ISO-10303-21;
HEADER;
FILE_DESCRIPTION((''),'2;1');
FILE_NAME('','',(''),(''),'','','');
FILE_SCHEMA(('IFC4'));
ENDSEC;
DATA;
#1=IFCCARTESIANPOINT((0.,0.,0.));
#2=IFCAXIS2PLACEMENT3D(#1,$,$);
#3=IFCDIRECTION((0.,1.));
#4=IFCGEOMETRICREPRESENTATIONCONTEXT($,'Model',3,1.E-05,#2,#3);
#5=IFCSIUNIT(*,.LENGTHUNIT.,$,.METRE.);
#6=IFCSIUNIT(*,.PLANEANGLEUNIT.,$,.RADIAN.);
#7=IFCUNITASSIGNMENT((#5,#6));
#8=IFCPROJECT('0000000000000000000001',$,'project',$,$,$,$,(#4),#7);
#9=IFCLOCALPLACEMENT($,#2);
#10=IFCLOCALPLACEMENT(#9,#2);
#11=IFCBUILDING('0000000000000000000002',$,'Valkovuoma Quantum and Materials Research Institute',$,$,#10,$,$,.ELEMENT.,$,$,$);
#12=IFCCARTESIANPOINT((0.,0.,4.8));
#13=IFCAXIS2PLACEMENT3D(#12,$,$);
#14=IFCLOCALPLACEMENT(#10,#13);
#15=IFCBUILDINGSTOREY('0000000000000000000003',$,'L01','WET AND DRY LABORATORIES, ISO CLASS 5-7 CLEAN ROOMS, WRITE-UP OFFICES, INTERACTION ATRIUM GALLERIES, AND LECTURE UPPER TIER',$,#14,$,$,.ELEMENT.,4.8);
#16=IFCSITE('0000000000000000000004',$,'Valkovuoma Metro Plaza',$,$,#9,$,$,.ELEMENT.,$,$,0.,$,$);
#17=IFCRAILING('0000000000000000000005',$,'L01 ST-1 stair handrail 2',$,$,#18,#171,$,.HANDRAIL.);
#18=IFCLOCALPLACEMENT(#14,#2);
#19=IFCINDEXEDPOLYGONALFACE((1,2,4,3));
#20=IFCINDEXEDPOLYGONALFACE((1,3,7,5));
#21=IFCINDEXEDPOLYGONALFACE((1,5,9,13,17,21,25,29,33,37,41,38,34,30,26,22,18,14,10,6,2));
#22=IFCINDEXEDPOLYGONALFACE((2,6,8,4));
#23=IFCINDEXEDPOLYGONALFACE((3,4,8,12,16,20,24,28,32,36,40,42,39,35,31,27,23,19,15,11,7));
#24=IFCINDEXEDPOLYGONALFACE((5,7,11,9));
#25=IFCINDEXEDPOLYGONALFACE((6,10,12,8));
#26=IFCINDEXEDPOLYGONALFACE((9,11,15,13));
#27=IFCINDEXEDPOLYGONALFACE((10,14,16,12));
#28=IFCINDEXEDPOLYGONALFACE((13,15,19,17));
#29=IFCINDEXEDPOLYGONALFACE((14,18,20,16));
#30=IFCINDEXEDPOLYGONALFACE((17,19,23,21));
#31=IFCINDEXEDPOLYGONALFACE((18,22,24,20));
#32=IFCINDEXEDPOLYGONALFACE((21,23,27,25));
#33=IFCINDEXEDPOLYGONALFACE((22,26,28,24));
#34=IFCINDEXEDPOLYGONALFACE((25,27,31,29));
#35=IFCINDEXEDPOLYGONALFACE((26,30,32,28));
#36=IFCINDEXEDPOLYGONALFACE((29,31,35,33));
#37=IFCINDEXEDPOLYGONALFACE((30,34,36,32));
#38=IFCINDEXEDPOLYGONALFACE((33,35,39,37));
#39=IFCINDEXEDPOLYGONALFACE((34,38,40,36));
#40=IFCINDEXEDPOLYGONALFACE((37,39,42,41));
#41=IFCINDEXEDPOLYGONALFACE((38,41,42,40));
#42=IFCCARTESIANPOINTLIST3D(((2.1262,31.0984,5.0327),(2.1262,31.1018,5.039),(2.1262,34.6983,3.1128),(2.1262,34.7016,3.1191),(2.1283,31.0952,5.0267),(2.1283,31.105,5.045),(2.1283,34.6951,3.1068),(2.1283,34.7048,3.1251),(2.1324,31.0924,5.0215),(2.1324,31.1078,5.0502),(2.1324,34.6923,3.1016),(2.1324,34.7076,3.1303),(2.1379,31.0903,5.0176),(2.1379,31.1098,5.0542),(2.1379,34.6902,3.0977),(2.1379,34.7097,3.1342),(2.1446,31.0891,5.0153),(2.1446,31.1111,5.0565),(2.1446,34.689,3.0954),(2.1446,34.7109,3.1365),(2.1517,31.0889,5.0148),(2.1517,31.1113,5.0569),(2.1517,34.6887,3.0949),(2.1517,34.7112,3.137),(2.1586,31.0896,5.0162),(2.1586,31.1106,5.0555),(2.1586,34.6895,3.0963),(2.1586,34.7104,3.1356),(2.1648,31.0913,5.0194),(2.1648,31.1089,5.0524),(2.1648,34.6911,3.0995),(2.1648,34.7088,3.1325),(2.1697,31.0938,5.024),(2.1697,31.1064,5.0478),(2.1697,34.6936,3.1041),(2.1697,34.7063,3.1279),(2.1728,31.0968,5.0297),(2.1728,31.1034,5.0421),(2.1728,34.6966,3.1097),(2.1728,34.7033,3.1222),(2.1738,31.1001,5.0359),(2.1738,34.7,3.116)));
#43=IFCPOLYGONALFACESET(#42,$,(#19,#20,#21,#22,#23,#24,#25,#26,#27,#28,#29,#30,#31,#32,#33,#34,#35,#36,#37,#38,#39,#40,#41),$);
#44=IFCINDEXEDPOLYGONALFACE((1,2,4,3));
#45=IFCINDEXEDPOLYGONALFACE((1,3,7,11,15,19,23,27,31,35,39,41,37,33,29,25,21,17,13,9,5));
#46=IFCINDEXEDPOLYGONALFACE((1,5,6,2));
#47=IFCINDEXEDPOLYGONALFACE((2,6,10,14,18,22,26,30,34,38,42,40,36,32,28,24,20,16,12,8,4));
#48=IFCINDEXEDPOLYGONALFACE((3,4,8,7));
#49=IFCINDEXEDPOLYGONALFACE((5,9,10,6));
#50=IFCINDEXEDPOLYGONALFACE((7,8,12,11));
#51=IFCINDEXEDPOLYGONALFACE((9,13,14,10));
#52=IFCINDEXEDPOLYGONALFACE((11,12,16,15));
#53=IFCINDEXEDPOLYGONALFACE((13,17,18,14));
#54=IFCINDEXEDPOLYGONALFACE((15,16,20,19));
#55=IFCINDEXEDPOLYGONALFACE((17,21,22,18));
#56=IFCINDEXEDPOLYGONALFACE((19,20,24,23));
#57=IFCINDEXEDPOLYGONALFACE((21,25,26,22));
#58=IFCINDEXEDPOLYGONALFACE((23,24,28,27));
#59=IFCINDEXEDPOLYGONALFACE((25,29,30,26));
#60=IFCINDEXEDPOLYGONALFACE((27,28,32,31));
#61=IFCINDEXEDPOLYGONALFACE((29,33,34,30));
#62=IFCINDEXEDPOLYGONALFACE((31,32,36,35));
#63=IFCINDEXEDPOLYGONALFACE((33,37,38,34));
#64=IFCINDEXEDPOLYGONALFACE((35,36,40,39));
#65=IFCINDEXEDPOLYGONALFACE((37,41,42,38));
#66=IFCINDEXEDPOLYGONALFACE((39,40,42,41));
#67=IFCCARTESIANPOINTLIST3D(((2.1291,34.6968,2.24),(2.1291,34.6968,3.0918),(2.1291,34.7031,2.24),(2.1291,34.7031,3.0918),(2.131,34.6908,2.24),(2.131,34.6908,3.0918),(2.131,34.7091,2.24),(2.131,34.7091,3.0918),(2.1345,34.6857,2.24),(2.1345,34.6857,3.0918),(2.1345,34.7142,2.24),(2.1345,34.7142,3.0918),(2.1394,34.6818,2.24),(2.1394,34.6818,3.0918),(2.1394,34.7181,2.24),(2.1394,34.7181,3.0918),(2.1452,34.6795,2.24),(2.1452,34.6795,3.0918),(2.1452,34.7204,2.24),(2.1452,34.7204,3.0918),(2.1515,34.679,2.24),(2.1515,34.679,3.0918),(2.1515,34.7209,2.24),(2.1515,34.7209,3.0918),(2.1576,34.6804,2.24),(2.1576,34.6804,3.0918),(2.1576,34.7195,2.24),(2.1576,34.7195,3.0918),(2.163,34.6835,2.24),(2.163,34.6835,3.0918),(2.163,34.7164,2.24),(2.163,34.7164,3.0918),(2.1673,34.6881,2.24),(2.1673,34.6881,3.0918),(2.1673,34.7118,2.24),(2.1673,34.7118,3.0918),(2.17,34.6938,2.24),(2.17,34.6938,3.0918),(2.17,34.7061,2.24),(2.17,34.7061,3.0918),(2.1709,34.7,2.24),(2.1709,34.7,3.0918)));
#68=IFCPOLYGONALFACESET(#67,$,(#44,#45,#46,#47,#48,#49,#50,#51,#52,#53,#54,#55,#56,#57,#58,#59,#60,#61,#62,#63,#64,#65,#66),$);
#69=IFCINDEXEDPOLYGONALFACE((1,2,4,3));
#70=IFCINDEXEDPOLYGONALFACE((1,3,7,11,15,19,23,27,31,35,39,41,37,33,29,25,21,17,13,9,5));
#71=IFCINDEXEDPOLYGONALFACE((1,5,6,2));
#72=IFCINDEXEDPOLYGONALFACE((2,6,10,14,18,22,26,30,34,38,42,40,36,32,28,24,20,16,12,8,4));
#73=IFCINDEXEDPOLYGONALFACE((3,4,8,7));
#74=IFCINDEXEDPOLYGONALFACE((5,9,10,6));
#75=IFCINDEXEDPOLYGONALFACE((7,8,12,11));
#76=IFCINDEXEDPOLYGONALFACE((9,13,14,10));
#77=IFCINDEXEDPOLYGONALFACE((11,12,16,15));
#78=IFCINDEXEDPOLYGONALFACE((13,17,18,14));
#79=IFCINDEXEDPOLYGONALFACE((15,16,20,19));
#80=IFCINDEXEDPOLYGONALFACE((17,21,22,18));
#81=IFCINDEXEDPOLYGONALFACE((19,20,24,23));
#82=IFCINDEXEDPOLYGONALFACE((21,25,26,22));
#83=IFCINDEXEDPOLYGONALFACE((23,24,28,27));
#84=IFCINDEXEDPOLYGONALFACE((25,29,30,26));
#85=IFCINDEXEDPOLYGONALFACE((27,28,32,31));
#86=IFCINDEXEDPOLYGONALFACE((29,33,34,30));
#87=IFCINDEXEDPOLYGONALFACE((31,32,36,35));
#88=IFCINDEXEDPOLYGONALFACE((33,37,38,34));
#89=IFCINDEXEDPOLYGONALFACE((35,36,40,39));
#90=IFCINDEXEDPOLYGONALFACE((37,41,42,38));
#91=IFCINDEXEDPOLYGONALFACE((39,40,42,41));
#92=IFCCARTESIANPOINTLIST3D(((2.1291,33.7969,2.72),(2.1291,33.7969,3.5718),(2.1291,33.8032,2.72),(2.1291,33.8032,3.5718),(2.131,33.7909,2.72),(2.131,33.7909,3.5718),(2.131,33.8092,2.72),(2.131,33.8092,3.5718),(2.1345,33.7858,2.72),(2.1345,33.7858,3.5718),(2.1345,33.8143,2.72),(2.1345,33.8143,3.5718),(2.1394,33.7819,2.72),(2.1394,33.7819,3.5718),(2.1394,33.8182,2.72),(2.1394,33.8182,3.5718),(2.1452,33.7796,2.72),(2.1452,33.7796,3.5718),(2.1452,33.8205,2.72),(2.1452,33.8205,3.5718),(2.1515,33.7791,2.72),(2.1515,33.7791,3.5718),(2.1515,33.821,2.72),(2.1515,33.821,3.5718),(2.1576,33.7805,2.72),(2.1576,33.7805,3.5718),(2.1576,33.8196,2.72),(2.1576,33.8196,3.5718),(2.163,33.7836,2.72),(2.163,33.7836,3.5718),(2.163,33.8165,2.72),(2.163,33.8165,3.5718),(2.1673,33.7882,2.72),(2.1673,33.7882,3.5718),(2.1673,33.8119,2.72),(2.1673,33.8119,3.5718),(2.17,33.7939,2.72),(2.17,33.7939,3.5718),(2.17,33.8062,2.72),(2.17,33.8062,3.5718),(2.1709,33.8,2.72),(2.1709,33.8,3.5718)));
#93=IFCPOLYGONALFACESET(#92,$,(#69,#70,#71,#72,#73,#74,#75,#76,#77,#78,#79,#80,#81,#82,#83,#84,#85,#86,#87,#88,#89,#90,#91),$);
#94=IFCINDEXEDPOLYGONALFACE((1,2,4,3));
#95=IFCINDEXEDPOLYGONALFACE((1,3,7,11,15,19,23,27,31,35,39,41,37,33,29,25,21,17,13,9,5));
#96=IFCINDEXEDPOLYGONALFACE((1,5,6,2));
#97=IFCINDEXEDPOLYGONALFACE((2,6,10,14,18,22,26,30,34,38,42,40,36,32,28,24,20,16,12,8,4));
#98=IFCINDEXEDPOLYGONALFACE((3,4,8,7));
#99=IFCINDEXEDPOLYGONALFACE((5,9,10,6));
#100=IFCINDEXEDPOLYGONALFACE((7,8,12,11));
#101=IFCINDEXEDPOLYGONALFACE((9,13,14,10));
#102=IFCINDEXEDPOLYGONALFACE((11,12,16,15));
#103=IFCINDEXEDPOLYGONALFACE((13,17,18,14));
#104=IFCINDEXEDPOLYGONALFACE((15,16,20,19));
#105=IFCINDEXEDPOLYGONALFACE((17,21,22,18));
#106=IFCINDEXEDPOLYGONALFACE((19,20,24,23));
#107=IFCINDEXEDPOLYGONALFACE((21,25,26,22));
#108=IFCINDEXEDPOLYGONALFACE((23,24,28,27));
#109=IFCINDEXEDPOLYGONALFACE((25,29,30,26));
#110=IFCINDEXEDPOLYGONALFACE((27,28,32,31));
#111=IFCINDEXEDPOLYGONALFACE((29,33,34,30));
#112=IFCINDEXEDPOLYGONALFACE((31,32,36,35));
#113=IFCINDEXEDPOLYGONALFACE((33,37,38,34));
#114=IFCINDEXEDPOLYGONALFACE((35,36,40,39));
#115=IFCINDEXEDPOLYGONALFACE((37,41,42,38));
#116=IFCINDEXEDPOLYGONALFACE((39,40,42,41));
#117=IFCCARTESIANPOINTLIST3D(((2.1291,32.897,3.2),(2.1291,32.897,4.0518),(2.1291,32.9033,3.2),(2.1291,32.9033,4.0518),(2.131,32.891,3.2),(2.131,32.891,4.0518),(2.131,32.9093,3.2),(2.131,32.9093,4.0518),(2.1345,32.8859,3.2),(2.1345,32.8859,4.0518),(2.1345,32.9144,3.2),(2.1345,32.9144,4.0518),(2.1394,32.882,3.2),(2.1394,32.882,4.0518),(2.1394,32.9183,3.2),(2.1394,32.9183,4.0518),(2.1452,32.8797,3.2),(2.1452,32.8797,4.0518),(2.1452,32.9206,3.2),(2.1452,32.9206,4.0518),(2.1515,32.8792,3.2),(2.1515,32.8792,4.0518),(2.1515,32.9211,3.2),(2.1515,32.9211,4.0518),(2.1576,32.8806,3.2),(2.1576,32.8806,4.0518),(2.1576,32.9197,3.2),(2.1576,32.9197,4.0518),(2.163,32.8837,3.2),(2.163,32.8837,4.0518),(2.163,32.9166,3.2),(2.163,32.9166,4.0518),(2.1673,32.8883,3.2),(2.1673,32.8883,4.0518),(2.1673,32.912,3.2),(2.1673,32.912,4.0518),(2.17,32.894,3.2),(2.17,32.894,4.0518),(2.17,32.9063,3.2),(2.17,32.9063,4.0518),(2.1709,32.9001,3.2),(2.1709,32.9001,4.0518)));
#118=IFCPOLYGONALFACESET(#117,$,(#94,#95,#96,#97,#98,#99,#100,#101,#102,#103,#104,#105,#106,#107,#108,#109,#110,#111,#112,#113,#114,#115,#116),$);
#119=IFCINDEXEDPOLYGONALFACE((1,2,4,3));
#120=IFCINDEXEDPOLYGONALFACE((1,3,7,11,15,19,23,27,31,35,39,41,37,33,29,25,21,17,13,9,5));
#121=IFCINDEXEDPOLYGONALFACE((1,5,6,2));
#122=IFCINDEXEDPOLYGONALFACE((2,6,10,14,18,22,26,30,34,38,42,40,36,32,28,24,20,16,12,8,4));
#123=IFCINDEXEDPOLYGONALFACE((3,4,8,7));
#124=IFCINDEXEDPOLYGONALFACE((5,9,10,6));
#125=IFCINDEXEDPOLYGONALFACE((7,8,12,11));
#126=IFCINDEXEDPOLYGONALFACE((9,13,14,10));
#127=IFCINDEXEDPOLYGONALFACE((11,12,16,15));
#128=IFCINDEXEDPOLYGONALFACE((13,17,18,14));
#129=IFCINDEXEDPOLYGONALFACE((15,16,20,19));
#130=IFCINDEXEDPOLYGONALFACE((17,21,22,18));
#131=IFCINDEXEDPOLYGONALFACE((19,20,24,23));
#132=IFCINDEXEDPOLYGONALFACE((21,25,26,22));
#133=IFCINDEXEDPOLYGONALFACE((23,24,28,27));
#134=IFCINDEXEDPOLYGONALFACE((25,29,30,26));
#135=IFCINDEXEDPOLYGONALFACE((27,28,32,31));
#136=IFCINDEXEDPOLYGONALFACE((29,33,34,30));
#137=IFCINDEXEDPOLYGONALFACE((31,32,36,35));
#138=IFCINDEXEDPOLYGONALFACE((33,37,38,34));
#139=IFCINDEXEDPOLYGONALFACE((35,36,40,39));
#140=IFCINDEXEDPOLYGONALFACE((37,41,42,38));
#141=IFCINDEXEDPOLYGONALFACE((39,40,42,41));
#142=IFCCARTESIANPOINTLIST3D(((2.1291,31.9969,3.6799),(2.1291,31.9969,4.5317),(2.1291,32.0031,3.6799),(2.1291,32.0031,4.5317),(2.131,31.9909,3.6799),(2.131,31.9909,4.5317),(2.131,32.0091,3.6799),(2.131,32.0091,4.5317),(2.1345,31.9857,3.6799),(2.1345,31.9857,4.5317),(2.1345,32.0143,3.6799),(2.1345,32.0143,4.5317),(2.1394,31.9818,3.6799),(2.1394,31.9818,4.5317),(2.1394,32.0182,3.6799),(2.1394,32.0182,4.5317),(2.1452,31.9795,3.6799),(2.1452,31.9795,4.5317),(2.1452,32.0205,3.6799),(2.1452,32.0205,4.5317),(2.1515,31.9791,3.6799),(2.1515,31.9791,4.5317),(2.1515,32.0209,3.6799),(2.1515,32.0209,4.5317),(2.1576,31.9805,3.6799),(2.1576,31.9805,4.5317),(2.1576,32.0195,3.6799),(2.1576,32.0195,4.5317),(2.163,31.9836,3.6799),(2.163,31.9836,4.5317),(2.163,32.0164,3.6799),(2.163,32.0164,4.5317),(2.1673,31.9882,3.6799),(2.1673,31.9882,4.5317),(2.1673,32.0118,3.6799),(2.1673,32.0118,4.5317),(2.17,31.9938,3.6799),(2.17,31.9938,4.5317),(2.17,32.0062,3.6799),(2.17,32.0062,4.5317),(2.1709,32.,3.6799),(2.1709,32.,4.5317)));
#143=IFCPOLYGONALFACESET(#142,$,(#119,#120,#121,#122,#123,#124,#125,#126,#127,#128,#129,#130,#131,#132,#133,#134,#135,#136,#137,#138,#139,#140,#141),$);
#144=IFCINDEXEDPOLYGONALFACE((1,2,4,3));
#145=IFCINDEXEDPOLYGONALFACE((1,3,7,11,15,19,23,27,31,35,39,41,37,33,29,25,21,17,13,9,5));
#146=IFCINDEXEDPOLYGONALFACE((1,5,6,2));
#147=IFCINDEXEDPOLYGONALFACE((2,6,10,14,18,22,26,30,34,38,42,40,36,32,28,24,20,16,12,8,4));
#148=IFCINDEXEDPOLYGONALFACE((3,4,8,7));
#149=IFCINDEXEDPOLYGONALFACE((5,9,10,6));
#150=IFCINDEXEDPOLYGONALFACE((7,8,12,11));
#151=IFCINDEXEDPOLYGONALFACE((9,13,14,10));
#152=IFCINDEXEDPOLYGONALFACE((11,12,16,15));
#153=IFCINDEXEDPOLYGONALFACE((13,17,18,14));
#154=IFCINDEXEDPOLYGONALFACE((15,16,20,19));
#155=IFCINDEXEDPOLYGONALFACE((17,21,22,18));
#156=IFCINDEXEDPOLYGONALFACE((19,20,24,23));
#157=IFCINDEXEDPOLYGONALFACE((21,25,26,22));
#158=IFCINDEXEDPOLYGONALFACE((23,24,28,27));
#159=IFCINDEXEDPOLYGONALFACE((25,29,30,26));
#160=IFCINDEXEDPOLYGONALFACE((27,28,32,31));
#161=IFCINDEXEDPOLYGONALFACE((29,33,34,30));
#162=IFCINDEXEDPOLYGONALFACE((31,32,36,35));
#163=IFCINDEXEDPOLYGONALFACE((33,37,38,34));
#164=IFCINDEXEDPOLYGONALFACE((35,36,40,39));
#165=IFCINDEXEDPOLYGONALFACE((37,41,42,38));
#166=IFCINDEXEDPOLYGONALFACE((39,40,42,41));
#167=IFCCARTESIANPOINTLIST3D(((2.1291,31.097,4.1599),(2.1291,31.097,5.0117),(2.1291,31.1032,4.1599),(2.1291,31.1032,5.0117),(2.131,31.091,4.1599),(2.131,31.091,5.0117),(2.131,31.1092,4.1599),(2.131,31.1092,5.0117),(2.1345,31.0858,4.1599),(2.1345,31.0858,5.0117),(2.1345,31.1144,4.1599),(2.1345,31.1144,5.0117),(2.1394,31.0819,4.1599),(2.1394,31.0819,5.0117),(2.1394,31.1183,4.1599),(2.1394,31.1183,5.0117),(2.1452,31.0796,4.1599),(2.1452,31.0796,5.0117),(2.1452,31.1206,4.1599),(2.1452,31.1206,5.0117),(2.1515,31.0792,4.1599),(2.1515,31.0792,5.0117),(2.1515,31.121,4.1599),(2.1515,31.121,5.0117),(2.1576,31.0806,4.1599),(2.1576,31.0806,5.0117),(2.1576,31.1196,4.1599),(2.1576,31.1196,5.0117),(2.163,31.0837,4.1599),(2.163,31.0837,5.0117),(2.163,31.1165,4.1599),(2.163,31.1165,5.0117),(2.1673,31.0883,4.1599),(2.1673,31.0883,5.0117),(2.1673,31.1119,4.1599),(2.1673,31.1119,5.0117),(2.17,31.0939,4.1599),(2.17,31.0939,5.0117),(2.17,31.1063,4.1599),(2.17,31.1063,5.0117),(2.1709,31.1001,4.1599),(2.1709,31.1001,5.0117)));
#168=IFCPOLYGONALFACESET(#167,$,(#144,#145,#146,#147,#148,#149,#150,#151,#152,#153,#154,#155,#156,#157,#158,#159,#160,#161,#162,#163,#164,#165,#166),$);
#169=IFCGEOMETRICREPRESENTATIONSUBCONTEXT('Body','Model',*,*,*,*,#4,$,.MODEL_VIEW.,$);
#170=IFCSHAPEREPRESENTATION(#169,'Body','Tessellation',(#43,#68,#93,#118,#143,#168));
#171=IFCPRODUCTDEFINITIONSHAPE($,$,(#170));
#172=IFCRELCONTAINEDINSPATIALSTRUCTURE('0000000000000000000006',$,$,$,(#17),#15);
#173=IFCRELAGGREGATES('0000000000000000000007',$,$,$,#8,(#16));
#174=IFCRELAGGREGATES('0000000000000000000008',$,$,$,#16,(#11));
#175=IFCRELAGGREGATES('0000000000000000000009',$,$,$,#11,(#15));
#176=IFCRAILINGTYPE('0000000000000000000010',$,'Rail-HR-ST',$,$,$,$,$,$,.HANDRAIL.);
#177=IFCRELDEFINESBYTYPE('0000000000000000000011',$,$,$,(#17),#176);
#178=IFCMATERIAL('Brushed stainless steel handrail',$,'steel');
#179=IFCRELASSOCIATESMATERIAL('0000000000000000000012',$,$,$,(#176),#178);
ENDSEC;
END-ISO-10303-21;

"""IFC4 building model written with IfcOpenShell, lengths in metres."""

from ifc_helpers import new_model, si_unit, direction, frame, origin, origin_2d, place, context, subcontext, project, spatial, circle, extrude, material, type_object, element, save


model = new_model("IFC4")

# Units and contexts
model_context = context("Model", 3, precision=1e-05, world=origin(), true_north=direction((0.0, 1.0)))
body_context = subcontext(model_context, "Body", "Model", "MODEL_VIEW")
ifc_project = project(units=[si_unit("LENGTHUNIT", "METRE"), si_unit("PLANEANGLEUNIT", "RADIAN")], contexts=[model_context])

# Site, building, storey
site_placement = place(None, origin())
site = spatial("IfcSite", under=ifc_project, at=site_placement, Name="Valkovuoma Metro Plaza", CompositionType="ELEMENT", RefElevation=0.0)
building_placement = place(site_placement, origin())
building = spatial("IfcBuilding", under=site, at=building_placement, Name="Valkovuoma Quantum and Materials Research Institute", CompositionType="ELEMENT")
storey_placement = place(building_placement, frame((0.0, 0.0, 4.8)))
storey = spatial("IfcBuildingStorey", under=building, at=storey_placement, Name="L01", Description="WET AND DRY LABORATORIES, ISO CLASS 5-7 CLEAN ROOMS, WRITE-UP OFFICES, INTERACTION ATRIUM GALLERIES, AND LECTURE UPPER TIER", CompositionType="ELEMENT", Elevation=4.8)

# Railing
ifc_material_1 = material(Name="Brushed stainless steel handrail", Category="steel")
railing_type_1 = type_object("IfcRailingType", Name="Rail-HR-ST", PredefinedType="HANDRAIL", material=ifc_material_1)
railing_1_placement = place(storey_placement, frame((2.1499, 34.7, 2.24)))
element("IfcRailing", 1, at=railing_1_placement, inside=storey, type_object=railing_type_1, Name="L01 ST-1 stair handrail 2", PredefinedType="HANDRAIL", context=body_context, shape_type="SweptSolid", body=[
    extrude(circle(Radius=0.0239, at=origin_2d()), frame((0.0, 0.0, 0.876), z_axis=(0.0, -0.882353, 0.470588), x_axis=(1.0, 0.0, 0.0)), (0.0, 0.0, 1.0), 4.0798),
    extrude(circle(Radius=0.021, at=origin_2d()), origin(), (0.0, 0.0, 1.0), 0.8518),
    extrude(circle(Radius=0.021, at=origin_2d()), frame((0.0, -0.8999, 0.48)), (0.0, 0.0, 1.0), 0.8518),
    extrude(circle(Radius=0.021, at=origin_2d()), frame((0.0, -1.7998, 0.96)), (0.0, 0.0, 1.0), 0.8518),
    extrude(circle(Radius=0.021, at=origin_2d()), frame((0.0, -2.7, 1.4399)), (0.0, 0.0, 1.0), 0.8518),
    extrude(circle(Radius=0.021, at=origin_2d()), frame((0.0, -3.5999, 1.9199)), (0.0, 0.0, 1.0), 0.8518),
])

save(model, "model.ifc")
